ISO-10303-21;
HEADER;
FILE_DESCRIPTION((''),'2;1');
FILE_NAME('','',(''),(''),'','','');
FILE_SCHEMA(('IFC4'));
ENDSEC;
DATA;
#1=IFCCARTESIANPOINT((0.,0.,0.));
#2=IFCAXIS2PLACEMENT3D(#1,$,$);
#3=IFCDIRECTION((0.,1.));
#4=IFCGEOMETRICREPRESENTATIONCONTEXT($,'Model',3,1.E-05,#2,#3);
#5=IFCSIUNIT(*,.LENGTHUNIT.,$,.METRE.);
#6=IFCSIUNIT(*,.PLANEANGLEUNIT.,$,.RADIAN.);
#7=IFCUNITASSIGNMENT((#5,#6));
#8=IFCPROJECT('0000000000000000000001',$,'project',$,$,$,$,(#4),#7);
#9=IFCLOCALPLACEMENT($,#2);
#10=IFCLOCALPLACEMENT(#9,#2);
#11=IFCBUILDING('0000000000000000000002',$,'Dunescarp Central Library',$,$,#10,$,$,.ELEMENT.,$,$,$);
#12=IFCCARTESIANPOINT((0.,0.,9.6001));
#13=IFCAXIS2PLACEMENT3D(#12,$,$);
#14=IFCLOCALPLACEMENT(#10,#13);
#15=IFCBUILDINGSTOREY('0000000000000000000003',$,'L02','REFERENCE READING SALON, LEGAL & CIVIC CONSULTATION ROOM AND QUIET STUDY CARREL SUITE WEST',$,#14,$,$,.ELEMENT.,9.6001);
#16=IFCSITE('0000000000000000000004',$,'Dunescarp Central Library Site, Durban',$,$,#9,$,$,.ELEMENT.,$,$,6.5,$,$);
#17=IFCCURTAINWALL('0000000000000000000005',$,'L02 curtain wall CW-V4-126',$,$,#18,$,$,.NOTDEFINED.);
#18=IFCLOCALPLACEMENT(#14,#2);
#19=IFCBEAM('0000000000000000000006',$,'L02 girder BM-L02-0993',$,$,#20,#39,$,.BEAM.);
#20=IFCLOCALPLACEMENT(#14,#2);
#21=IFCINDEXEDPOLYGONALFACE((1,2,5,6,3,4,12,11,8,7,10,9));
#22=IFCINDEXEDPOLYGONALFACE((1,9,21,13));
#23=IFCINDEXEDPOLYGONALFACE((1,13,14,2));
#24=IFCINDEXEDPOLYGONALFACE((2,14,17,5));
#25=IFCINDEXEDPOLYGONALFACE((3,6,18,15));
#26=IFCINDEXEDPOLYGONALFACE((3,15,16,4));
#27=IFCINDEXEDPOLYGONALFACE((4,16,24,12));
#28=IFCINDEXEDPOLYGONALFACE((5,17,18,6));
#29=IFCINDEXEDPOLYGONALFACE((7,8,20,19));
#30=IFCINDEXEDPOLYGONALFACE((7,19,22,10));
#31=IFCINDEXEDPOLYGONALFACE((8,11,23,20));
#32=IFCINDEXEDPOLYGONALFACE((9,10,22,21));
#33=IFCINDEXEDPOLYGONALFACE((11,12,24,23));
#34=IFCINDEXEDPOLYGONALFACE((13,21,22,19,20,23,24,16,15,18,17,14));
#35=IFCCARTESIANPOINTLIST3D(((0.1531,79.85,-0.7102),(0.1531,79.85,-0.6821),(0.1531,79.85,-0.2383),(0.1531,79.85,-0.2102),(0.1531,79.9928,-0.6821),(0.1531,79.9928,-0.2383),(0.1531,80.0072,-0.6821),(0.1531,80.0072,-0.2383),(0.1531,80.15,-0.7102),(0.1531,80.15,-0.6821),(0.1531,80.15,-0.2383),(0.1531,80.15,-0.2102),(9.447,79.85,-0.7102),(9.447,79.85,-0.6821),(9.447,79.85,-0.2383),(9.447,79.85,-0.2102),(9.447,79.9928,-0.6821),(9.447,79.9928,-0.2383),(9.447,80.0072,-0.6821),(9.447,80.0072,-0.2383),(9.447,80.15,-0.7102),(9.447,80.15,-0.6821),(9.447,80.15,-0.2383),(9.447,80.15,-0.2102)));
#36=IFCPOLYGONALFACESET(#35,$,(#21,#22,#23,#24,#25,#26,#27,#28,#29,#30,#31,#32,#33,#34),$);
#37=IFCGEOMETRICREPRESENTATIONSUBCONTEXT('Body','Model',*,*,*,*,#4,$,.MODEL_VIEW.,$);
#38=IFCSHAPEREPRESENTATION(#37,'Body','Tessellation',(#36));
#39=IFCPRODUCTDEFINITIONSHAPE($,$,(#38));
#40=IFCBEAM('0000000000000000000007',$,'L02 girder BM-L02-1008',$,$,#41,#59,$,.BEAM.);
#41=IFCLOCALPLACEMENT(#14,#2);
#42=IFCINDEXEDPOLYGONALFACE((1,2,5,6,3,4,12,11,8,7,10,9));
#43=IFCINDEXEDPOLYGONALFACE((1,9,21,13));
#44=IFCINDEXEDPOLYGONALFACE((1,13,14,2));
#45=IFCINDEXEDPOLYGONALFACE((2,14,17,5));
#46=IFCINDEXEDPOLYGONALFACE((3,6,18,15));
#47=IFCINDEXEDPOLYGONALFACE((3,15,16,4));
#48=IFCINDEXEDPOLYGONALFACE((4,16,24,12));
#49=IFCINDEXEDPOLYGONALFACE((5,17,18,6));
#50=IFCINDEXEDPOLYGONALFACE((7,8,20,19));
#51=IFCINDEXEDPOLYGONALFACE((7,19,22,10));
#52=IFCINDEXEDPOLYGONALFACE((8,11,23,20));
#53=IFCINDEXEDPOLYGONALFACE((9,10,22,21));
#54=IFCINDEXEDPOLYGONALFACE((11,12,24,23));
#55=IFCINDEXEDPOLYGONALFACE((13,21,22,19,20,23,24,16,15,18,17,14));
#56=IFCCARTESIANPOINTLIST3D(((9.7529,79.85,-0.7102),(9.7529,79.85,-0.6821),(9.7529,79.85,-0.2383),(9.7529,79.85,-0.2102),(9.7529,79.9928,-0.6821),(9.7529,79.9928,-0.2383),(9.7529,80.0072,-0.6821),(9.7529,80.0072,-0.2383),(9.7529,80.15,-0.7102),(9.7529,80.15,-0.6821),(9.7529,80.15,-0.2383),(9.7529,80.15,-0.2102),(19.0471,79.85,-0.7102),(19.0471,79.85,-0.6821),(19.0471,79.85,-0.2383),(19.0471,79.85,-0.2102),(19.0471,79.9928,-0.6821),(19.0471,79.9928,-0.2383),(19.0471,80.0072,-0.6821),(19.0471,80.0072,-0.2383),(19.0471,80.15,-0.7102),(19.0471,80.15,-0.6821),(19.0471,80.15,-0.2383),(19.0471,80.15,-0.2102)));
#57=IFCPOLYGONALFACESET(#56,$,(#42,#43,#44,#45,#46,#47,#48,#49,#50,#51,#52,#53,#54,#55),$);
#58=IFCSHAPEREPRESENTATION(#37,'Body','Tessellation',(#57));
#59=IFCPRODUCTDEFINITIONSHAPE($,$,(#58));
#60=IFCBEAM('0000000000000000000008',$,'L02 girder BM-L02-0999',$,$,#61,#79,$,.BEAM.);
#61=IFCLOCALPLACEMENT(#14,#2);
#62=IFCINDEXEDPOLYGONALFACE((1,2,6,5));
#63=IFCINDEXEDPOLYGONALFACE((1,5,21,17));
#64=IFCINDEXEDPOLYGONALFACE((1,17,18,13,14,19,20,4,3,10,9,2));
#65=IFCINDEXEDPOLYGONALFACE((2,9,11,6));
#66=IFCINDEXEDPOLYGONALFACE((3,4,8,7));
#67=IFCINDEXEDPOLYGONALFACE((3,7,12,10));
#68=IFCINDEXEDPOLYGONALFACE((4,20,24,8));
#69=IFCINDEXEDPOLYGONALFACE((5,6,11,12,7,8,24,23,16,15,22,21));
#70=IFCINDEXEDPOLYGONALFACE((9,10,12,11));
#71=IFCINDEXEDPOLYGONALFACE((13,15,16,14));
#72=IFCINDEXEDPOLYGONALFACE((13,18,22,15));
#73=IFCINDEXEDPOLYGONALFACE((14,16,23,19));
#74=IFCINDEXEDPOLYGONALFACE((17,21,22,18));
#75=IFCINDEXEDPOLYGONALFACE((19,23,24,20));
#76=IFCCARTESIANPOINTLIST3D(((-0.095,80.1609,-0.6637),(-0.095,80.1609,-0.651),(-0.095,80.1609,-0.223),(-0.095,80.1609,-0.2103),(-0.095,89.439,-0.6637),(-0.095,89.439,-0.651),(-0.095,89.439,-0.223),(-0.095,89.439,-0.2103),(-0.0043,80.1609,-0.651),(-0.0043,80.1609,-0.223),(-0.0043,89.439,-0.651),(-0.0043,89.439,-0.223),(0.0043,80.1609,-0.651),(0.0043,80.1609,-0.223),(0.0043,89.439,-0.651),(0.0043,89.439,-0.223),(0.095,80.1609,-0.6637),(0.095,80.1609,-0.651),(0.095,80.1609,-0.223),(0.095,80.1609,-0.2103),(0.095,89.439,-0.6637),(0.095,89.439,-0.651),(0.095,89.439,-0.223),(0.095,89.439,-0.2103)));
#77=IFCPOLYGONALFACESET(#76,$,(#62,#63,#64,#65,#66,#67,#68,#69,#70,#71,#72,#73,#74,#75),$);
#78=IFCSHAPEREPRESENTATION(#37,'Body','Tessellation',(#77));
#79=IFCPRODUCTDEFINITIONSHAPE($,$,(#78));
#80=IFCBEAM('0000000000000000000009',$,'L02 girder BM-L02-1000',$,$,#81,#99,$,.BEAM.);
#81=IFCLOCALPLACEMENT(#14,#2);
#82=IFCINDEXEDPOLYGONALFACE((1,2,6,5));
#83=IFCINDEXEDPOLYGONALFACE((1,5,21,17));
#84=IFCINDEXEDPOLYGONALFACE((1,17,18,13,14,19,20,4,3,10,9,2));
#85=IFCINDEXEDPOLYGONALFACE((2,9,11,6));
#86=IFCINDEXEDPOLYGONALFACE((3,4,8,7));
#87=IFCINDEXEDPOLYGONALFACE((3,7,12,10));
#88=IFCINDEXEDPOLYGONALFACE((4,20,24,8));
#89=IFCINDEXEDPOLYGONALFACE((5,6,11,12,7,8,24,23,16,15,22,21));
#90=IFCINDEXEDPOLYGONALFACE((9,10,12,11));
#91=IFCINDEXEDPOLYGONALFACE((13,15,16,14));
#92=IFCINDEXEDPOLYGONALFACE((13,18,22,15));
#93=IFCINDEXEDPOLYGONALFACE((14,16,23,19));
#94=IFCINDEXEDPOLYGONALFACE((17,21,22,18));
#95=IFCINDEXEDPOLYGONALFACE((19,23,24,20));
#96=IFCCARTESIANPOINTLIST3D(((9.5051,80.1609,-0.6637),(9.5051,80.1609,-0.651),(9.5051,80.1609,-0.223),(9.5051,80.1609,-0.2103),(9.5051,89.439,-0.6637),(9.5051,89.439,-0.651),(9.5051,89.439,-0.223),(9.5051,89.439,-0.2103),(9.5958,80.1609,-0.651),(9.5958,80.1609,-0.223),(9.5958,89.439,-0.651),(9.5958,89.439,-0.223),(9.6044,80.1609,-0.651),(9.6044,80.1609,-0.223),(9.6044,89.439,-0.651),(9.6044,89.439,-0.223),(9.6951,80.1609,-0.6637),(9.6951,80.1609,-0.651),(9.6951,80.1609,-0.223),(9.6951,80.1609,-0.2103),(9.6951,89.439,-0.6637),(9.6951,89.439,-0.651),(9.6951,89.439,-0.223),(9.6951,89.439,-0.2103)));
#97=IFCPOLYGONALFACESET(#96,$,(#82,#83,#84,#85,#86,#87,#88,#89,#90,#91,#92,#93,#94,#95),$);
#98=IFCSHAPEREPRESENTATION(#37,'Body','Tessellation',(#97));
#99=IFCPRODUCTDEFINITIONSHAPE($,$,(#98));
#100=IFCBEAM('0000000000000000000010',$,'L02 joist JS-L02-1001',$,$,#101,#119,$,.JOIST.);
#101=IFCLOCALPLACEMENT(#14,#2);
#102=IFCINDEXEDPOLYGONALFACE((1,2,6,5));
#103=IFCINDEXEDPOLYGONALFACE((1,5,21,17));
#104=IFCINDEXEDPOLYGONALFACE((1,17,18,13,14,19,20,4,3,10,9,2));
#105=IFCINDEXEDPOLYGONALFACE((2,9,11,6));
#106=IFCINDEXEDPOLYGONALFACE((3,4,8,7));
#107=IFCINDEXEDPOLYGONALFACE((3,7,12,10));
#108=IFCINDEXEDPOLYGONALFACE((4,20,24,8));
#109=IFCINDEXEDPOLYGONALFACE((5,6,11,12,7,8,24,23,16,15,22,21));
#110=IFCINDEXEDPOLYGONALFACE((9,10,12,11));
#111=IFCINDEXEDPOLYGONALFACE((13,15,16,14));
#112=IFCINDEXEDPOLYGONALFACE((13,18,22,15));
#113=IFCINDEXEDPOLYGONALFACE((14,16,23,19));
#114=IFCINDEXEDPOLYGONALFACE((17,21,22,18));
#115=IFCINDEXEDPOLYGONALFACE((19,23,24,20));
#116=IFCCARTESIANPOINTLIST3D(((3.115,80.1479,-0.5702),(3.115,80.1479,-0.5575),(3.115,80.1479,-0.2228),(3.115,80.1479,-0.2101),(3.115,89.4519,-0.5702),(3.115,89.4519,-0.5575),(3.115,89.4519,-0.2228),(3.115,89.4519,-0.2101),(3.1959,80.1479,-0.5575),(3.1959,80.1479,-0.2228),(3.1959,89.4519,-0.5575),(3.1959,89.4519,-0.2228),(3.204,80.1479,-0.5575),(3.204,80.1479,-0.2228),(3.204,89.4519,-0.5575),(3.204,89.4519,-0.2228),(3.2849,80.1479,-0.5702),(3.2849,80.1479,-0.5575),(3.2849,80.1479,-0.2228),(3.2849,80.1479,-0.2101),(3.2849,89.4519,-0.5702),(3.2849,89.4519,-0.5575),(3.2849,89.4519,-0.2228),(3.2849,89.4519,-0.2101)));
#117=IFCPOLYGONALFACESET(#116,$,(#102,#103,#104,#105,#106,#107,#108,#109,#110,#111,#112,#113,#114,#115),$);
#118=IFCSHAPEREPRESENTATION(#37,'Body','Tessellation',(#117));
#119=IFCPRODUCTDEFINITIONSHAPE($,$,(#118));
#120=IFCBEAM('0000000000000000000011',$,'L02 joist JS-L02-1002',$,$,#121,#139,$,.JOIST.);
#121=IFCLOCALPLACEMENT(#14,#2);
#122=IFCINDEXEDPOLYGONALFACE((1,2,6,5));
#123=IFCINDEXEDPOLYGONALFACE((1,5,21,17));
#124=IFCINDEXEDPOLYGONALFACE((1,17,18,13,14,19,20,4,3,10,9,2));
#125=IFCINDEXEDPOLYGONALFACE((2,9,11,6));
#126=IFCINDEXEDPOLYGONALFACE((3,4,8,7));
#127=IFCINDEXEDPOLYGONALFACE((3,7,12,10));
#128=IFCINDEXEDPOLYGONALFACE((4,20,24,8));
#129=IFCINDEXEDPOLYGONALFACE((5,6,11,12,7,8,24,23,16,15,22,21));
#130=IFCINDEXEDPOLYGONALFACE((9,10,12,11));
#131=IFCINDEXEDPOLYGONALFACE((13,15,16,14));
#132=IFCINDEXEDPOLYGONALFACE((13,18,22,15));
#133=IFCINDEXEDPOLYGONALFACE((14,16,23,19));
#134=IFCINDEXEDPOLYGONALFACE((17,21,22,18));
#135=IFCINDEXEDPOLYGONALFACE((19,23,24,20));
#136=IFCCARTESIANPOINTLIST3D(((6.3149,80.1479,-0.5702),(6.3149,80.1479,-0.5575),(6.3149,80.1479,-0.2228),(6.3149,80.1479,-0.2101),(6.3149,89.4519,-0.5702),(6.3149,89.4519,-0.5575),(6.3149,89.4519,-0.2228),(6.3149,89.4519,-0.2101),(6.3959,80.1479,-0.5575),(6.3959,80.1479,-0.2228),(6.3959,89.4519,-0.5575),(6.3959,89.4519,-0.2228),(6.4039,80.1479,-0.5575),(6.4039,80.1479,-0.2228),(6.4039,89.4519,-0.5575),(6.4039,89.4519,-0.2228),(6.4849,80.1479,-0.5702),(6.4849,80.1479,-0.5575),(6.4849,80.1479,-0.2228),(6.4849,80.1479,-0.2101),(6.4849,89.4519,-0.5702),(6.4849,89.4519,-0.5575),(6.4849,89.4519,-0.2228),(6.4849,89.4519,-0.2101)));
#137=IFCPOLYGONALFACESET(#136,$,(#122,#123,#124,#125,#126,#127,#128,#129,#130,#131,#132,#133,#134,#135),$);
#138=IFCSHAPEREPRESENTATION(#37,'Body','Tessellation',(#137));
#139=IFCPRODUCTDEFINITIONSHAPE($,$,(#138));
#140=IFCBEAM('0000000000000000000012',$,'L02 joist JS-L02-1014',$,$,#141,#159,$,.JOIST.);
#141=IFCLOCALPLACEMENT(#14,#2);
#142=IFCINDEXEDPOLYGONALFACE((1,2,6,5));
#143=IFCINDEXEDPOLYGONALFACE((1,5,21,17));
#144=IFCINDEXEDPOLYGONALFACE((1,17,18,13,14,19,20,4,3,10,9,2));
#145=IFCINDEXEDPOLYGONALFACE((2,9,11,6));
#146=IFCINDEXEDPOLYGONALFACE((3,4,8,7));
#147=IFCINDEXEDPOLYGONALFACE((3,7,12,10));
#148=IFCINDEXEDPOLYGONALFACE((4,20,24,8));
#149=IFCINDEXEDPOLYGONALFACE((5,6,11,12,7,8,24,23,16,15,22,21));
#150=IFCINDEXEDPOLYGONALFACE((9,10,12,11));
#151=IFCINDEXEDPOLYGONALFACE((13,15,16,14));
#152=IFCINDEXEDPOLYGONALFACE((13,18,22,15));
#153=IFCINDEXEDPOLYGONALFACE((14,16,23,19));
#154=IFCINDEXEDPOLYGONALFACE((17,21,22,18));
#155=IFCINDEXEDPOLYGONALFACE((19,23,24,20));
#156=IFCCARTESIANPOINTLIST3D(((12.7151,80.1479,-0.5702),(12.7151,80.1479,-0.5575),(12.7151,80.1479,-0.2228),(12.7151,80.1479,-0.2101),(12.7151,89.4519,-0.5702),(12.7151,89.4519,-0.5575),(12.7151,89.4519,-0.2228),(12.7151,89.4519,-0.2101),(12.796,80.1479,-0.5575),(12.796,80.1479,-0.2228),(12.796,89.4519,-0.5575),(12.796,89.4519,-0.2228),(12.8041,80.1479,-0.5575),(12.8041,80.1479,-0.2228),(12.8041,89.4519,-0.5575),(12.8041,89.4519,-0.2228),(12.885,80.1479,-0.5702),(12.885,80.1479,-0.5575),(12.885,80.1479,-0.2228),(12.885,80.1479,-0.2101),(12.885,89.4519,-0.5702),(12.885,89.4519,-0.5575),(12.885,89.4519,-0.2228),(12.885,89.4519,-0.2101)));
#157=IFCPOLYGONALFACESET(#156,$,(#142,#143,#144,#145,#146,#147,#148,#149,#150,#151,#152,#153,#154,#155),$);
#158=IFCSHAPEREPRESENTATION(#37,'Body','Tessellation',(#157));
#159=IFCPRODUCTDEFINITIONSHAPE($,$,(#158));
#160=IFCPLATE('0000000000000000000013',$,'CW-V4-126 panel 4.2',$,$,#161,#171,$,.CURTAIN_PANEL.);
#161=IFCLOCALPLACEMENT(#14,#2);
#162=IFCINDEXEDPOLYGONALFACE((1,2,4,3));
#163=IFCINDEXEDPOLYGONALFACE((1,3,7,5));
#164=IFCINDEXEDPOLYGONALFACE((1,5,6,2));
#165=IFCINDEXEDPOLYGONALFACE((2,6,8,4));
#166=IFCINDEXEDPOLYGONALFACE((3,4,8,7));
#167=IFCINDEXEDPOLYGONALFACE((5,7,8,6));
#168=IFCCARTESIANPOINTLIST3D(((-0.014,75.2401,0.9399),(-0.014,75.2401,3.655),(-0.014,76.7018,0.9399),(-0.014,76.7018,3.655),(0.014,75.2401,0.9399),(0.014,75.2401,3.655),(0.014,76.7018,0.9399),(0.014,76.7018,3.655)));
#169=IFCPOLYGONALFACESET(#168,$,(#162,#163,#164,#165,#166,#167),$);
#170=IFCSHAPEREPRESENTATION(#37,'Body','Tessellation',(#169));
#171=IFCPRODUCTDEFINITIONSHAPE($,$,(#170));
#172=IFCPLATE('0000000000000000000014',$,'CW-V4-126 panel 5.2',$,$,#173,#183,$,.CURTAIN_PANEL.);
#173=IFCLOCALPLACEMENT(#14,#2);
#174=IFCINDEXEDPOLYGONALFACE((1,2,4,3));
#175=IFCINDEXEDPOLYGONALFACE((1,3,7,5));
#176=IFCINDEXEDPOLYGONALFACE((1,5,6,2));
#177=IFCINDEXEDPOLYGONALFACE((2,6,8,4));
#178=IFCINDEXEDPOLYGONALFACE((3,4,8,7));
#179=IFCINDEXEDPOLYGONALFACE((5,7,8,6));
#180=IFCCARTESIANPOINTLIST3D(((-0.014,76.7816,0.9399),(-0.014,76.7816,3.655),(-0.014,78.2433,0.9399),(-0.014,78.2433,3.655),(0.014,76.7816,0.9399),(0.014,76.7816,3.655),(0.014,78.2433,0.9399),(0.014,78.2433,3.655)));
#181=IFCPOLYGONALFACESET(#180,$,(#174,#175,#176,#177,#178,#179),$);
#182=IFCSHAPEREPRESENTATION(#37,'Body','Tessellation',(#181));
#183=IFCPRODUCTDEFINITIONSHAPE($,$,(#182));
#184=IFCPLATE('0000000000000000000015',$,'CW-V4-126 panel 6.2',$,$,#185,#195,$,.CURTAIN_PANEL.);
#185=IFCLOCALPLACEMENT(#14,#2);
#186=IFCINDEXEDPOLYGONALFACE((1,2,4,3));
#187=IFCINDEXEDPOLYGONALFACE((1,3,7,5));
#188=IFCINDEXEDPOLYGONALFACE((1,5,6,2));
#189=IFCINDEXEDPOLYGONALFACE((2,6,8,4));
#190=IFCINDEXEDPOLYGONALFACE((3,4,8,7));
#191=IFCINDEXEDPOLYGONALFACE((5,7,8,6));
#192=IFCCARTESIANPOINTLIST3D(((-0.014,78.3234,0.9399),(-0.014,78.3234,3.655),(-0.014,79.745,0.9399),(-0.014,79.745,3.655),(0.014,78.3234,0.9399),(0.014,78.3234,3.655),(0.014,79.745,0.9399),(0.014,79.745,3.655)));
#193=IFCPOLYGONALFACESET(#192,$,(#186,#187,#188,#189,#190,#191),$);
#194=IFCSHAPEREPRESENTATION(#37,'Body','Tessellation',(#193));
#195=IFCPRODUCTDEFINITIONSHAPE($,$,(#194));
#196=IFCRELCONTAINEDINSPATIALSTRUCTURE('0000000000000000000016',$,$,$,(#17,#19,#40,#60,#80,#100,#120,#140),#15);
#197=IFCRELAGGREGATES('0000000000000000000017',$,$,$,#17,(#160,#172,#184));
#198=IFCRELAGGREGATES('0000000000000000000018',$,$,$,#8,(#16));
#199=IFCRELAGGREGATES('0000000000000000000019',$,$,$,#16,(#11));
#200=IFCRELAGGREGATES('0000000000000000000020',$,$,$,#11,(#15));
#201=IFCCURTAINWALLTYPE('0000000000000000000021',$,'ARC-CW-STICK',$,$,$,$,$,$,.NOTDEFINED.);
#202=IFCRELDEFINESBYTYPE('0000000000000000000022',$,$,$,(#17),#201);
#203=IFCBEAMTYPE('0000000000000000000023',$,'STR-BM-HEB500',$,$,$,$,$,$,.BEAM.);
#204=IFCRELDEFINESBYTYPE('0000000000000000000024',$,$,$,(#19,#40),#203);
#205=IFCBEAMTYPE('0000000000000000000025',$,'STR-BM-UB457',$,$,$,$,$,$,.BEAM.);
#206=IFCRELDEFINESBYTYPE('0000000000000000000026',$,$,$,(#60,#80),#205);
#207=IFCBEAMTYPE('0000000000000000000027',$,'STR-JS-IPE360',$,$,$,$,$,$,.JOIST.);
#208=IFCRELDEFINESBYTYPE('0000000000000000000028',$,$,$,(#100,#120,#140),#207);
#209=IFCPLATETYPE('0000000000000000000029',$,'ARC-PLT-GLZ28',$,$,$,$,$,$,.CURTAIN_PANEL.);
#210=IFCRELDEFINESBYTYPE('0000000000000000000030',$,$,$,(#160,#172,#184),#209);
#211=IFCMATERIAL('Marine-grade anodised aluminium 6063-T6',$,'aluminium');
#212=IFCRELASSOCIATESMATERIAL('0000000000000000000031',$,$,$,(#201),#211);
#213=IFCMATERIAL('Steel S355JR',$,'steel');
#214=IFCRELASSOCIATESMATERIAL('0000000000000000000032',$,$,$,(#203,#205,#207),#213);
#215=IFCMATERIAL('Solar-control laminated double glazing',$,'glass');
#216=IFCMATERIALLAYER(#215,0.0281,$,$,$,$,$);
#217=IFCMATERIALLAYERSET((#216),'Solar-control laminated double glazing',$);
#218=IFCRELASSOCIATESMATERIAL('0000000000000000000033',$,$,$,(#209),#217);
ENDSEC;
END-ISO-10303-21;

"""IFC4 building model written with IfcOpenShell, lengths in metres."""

from ifc_helpers import new_model, si_unit, direction, frame, origin, origin_2d, place, context, subcontext, project, spatial, rectangle, i_section, extrude, material, layer, layer_set, material_profile, profile_set, type_object, element, aggregate, save


model = new_model("IFC4")

# Units and contexts
model_context = context("Model", 3, precision=1e-05, world=origin(), true_north=direction((0.0, 1.0)))
body_context = subcontext(model_context, "Body", "Model", "MODEL_VIEW")
ifc_project = project(units=[si_unit("LENGTHUNIT", "METRE"), si_unit("PLANEANGLEUNIT", "RADIAN")], contexts=[model_context])

# Site, building, storey
site_placement = place(None, origin())
site = spatial("IfcSite", under=ifc_project, at=site_placement, Name="Dunescarp Central Library Site, Durban", CompositionType="ELEMENT", RefElevation=6.5)
building_placement = place(site_placement, origin())
building = spatial("IfcBuilding", under=site, at=building_placement, Name="Dunescarp Central Library", CompositionType="ELEMENT")
storey_placement = place(building_placement, frame((0.0, 0.0, 9.6001)))
storey = spatial("IfcBuildingStorey", under=building, at=storey_placement, Name="L02", Description="REFERENCE READING SALON, LEGAL & CIVIC CONSULTATION ROOM AND QUIET STUDY CARREL SUITE WEST", CompositionType="ELEMENT", Elevation=9.6001)

# Shared definitions
ifc_material_1 = material(Name="Steel S355JR", Category="steel")

# Curtain wall
ifc_material_2 = material(Name="Marine-grade anodised aluminium 6063-T6", Category="aluminium")
curtain_wall_type = type_object("IfcCurtainWallType", Name="ARC-CW-STICK", PredefinedType="NOTDEFINED", material=ifc_material_2)
curtain_wall_1_placement = place(storey_placement, origin())
curtain_wall_1 = element("IfcCurtainWall", 1, at=curtain_wall_1_placement, inside=storey, type_object=curtain_wall_type, Name="L02 curtain wall CW-V4-126", PredefinedType="NOTDEFINED")

# Beams
ifc_material_profile_1 = material_profile(ifc_material_1, i_section(OverallWidth=0.3, OverallDepth=0.5, WebThickness=0.0144, FlangeThickness=0.0281, at=origin_2d()), Name="HEB 500")
ifc_profile_set_1 = profile_set([ifc_material_profile_1], Name="Steel S355JR")
beam_type_1 = type_object("IfcBeamType", Name="STR-BM-HEB500", PredefinedType="BEAM", material=ifc_profile_set_1)
beam_1_placement = place(storey_placement, frame((0.1531, 80.0, -0.4602), z_axis=(1.0, 0.0, 0.0), x_axis=(0.0, 1.0, 0.0)))
element("IfcBeam", 2, at=beam_1_placement, inside=storey, type_object=beam_type_1, Name="L02 girder BM-L02-0993", PredefinedType="BEAM", context=body_context, shape_type="SweptSolid", body=[
    extrude(i_section(OverallWidth=0.3, OverallDepth=0.5, WebThickness=0.0144, FlangeThickness=0.0281, at=origin_2d()), origin(), (0.0, 0.0, 1.0), 9.2939),
])
beam_2_placement = place(storey_placement, frame((9.7529, 80.0, -0.4602), z_axis=(1.0, 0.0, 0.0), x_axis=(0.0, 1.0, 0.0)))
element("IfcBeam", 3, at=beam_2_placement, inside=storey, type_object=beam_type_1, Name="L02 girder BM-L02-1008", PredefinedType="BEAM", context=body_context, shape_type="SweptSolid", body=[
    extrude(i_section(OverallWidth=0.3, OverallDepth=0.5, WebThickness=0.0144, FlangeThickness=0.0281, at=origin_2d()), origin(), (0.0, 0.0, 1.0), 9.2942),
])
ifc_material_profile_2 = material_profile(ifc_material_1, i_section(OverallWidth=0.1899, OverallDepth=0.4534, WebThickness=0.0085, FlangeThickness=0.0127, at=origin_2d()), Name="UB 457x191x67")
ifc_profile_set_2 = profile_set([ifc_material_profile_2], Name="Steel S355JR")
beam_type_2 = type_object("IfcBeamType", Name="STR-BM-UB457", PredefinedType="BEAM", material=ifc_profile_set_2)
for number, where, z_axis, x_axis, name in (
    (4, (0.0, 80.1609, -0.437), (0.0, 1.0, 0.0), (-1.0, 0.0, 0.0), "L02 girder BM-L02-0999"),
    (5, (9.6001, 80.1609, -0.437), (0.0, 1.0, 0.0), (-1.0, 0.0, 0.0), "L02 girder BM-L02-1000"),
):
    element("IfcBeam", number, at=place(storey_placement, frame(where, z_axis=z_axis, x_axis=x_axis)), inside=storey, type_object=beam_type_2, Name=name, PredefinedType="BEAM", context=body_context, shape_type="SweptSolid", body=[
        extrude(i_section(OverallWidth=0.1899, OverallDepth=0.4534, WebThickness=0.0085, FlangeThickness=0.0127, at=origin_2d()), origin(), (0.0, 0.0, 1.0), 9.2781),
    ])
ifc_material_profile_3 = material_profile(ifc_material_1, i_section(OverallWidth=0.1699, OverallDepth=0.3601, WebThickness=0.0081, FlangeThickness=0.0127, at=origin_2d()), Name="IPE 360")
ifc_profile_set_3 = profile_set([ifc_material_profile_3], Name="Steel S355JR")
beam_type_3 = type_object("IfcBeamType", Name="STR-JS-IPE360", PredefinedType="JOIST", material=ifc_profile_set_3)
for number, where, z_axis, x_axis, name in (
    (6, (3.2, 80.1479, -0.3901), (0.0, 1.0, 0.0), (-1.0, 0.0, 0.0), "L02 joist JS-L02-1001"),
    (7, (6.3999, 80.1479, -0.3901), (0.0, 1.0, 0.0), (-1.0, 0.0, 0.0), "L02 joist JS-L02-1002"),
    (8, (12.8, 80.1479, -0.3901), (0.0, 1.0, 0.0), (-1.0, 0.0, 0.0), "L02 joist JS-L02-1014"),
):
    element("IfcBeam", number, at=place(storey_placement, frame(where, z_axis=z_axis, x_axis=x_axis)), inside=storey, type_object=beam_type_3, Name=name, PredefinedType="JOIST", context=body_context, shape_type="SweptSolid", body=[
        extrude(i_section(OverallWidth=0.1699, OverallDepth=0.3601, WebThickness=0.0081, FlangeThickness=0.0127, at=origin_2d()), origin(), (0.0, 0.0, 1.0), 9.304),
    ])

# Plates
ifc_material_3 = material(Name="Solar-control laminated double glazing", Category="glass")
ifc_layer_1 = layer(ifc_material_3, 0.0281)
ifc_layer_set_1 = layer_set([ifc_layer_1], Name="Solar-control laminated double glazing")
plate_type_1 = type_object("IfcPlateType", Name="ARC-PLT-GLZ28", PredefinedType="CURTAIN_PANEL", material=ifc_layer_set_1)
plate_1_placement = place(storey_placement, frame((0.0, 75.9709, 0.9399), z_axis=(0.0, 0.0, 1.0), x_axis=(0.0, 1.0, 0.0)))
plate_1 = element("IfcPlate", 9, at=plate_1_placement, type_object=plate_type_1, Name="CW-V4-126 panel 4.2", PredefinedType="CURTAIN_PANEL", context=body_context, shape_type="SweptSolid", body=[
    extrude(rectangle(XDim=1.4617, YDim=0.0281, at=origin_2d()), origin(), (0.0, 0.0, 1.0), 2.7151),
])
plate_2_placement = place(storey_placement, frame((0.0, 77.5125, 0.9399), z_axis=(0.0, 0.0, 1.0), x_axis=(0.0, 1.0, 0.0)))
plate_2 = element("IfcPlate", 10, at=plate_2_placement, type_object=plate_type_1, Name="CW-V4-126 panel 5.2", PredefinedType="CURTAIN_PANEL", context=body_context, shape_type="SweptSolid", body=[
    extrude(rectangle(XDim=1.4617, YDim=0.0281, at=origin_2d()), origin(), (0.0, 0.0, 1.0), 2.7151),
])
plate_3_placement = place(storey_placement, frame((0.0, 79.0342, 0.9399), z_axis=(0.0, 0.0, 1.0), x_axis=(0.0, 1.0, 0.0)))
plate_3 = element("IfcPlate", 11, at=plate_3_placement, type_object=plate_type_1, Name="CW-V4-126 panel 6.2", PredefinedType="CURTAIN_PANEL", context=body_context, shape_type="SweptSolid", body=[
    extrude(rectangle(XDim=1.4216, YDim=0.0281, at=origin_2d()), origin(), (0.0, 0.0, 1.0), 2.7151),
])
aggregate(curtain_wall_1, [plate_1, plate_2, plate_3])

save(model, "model.ifc")
